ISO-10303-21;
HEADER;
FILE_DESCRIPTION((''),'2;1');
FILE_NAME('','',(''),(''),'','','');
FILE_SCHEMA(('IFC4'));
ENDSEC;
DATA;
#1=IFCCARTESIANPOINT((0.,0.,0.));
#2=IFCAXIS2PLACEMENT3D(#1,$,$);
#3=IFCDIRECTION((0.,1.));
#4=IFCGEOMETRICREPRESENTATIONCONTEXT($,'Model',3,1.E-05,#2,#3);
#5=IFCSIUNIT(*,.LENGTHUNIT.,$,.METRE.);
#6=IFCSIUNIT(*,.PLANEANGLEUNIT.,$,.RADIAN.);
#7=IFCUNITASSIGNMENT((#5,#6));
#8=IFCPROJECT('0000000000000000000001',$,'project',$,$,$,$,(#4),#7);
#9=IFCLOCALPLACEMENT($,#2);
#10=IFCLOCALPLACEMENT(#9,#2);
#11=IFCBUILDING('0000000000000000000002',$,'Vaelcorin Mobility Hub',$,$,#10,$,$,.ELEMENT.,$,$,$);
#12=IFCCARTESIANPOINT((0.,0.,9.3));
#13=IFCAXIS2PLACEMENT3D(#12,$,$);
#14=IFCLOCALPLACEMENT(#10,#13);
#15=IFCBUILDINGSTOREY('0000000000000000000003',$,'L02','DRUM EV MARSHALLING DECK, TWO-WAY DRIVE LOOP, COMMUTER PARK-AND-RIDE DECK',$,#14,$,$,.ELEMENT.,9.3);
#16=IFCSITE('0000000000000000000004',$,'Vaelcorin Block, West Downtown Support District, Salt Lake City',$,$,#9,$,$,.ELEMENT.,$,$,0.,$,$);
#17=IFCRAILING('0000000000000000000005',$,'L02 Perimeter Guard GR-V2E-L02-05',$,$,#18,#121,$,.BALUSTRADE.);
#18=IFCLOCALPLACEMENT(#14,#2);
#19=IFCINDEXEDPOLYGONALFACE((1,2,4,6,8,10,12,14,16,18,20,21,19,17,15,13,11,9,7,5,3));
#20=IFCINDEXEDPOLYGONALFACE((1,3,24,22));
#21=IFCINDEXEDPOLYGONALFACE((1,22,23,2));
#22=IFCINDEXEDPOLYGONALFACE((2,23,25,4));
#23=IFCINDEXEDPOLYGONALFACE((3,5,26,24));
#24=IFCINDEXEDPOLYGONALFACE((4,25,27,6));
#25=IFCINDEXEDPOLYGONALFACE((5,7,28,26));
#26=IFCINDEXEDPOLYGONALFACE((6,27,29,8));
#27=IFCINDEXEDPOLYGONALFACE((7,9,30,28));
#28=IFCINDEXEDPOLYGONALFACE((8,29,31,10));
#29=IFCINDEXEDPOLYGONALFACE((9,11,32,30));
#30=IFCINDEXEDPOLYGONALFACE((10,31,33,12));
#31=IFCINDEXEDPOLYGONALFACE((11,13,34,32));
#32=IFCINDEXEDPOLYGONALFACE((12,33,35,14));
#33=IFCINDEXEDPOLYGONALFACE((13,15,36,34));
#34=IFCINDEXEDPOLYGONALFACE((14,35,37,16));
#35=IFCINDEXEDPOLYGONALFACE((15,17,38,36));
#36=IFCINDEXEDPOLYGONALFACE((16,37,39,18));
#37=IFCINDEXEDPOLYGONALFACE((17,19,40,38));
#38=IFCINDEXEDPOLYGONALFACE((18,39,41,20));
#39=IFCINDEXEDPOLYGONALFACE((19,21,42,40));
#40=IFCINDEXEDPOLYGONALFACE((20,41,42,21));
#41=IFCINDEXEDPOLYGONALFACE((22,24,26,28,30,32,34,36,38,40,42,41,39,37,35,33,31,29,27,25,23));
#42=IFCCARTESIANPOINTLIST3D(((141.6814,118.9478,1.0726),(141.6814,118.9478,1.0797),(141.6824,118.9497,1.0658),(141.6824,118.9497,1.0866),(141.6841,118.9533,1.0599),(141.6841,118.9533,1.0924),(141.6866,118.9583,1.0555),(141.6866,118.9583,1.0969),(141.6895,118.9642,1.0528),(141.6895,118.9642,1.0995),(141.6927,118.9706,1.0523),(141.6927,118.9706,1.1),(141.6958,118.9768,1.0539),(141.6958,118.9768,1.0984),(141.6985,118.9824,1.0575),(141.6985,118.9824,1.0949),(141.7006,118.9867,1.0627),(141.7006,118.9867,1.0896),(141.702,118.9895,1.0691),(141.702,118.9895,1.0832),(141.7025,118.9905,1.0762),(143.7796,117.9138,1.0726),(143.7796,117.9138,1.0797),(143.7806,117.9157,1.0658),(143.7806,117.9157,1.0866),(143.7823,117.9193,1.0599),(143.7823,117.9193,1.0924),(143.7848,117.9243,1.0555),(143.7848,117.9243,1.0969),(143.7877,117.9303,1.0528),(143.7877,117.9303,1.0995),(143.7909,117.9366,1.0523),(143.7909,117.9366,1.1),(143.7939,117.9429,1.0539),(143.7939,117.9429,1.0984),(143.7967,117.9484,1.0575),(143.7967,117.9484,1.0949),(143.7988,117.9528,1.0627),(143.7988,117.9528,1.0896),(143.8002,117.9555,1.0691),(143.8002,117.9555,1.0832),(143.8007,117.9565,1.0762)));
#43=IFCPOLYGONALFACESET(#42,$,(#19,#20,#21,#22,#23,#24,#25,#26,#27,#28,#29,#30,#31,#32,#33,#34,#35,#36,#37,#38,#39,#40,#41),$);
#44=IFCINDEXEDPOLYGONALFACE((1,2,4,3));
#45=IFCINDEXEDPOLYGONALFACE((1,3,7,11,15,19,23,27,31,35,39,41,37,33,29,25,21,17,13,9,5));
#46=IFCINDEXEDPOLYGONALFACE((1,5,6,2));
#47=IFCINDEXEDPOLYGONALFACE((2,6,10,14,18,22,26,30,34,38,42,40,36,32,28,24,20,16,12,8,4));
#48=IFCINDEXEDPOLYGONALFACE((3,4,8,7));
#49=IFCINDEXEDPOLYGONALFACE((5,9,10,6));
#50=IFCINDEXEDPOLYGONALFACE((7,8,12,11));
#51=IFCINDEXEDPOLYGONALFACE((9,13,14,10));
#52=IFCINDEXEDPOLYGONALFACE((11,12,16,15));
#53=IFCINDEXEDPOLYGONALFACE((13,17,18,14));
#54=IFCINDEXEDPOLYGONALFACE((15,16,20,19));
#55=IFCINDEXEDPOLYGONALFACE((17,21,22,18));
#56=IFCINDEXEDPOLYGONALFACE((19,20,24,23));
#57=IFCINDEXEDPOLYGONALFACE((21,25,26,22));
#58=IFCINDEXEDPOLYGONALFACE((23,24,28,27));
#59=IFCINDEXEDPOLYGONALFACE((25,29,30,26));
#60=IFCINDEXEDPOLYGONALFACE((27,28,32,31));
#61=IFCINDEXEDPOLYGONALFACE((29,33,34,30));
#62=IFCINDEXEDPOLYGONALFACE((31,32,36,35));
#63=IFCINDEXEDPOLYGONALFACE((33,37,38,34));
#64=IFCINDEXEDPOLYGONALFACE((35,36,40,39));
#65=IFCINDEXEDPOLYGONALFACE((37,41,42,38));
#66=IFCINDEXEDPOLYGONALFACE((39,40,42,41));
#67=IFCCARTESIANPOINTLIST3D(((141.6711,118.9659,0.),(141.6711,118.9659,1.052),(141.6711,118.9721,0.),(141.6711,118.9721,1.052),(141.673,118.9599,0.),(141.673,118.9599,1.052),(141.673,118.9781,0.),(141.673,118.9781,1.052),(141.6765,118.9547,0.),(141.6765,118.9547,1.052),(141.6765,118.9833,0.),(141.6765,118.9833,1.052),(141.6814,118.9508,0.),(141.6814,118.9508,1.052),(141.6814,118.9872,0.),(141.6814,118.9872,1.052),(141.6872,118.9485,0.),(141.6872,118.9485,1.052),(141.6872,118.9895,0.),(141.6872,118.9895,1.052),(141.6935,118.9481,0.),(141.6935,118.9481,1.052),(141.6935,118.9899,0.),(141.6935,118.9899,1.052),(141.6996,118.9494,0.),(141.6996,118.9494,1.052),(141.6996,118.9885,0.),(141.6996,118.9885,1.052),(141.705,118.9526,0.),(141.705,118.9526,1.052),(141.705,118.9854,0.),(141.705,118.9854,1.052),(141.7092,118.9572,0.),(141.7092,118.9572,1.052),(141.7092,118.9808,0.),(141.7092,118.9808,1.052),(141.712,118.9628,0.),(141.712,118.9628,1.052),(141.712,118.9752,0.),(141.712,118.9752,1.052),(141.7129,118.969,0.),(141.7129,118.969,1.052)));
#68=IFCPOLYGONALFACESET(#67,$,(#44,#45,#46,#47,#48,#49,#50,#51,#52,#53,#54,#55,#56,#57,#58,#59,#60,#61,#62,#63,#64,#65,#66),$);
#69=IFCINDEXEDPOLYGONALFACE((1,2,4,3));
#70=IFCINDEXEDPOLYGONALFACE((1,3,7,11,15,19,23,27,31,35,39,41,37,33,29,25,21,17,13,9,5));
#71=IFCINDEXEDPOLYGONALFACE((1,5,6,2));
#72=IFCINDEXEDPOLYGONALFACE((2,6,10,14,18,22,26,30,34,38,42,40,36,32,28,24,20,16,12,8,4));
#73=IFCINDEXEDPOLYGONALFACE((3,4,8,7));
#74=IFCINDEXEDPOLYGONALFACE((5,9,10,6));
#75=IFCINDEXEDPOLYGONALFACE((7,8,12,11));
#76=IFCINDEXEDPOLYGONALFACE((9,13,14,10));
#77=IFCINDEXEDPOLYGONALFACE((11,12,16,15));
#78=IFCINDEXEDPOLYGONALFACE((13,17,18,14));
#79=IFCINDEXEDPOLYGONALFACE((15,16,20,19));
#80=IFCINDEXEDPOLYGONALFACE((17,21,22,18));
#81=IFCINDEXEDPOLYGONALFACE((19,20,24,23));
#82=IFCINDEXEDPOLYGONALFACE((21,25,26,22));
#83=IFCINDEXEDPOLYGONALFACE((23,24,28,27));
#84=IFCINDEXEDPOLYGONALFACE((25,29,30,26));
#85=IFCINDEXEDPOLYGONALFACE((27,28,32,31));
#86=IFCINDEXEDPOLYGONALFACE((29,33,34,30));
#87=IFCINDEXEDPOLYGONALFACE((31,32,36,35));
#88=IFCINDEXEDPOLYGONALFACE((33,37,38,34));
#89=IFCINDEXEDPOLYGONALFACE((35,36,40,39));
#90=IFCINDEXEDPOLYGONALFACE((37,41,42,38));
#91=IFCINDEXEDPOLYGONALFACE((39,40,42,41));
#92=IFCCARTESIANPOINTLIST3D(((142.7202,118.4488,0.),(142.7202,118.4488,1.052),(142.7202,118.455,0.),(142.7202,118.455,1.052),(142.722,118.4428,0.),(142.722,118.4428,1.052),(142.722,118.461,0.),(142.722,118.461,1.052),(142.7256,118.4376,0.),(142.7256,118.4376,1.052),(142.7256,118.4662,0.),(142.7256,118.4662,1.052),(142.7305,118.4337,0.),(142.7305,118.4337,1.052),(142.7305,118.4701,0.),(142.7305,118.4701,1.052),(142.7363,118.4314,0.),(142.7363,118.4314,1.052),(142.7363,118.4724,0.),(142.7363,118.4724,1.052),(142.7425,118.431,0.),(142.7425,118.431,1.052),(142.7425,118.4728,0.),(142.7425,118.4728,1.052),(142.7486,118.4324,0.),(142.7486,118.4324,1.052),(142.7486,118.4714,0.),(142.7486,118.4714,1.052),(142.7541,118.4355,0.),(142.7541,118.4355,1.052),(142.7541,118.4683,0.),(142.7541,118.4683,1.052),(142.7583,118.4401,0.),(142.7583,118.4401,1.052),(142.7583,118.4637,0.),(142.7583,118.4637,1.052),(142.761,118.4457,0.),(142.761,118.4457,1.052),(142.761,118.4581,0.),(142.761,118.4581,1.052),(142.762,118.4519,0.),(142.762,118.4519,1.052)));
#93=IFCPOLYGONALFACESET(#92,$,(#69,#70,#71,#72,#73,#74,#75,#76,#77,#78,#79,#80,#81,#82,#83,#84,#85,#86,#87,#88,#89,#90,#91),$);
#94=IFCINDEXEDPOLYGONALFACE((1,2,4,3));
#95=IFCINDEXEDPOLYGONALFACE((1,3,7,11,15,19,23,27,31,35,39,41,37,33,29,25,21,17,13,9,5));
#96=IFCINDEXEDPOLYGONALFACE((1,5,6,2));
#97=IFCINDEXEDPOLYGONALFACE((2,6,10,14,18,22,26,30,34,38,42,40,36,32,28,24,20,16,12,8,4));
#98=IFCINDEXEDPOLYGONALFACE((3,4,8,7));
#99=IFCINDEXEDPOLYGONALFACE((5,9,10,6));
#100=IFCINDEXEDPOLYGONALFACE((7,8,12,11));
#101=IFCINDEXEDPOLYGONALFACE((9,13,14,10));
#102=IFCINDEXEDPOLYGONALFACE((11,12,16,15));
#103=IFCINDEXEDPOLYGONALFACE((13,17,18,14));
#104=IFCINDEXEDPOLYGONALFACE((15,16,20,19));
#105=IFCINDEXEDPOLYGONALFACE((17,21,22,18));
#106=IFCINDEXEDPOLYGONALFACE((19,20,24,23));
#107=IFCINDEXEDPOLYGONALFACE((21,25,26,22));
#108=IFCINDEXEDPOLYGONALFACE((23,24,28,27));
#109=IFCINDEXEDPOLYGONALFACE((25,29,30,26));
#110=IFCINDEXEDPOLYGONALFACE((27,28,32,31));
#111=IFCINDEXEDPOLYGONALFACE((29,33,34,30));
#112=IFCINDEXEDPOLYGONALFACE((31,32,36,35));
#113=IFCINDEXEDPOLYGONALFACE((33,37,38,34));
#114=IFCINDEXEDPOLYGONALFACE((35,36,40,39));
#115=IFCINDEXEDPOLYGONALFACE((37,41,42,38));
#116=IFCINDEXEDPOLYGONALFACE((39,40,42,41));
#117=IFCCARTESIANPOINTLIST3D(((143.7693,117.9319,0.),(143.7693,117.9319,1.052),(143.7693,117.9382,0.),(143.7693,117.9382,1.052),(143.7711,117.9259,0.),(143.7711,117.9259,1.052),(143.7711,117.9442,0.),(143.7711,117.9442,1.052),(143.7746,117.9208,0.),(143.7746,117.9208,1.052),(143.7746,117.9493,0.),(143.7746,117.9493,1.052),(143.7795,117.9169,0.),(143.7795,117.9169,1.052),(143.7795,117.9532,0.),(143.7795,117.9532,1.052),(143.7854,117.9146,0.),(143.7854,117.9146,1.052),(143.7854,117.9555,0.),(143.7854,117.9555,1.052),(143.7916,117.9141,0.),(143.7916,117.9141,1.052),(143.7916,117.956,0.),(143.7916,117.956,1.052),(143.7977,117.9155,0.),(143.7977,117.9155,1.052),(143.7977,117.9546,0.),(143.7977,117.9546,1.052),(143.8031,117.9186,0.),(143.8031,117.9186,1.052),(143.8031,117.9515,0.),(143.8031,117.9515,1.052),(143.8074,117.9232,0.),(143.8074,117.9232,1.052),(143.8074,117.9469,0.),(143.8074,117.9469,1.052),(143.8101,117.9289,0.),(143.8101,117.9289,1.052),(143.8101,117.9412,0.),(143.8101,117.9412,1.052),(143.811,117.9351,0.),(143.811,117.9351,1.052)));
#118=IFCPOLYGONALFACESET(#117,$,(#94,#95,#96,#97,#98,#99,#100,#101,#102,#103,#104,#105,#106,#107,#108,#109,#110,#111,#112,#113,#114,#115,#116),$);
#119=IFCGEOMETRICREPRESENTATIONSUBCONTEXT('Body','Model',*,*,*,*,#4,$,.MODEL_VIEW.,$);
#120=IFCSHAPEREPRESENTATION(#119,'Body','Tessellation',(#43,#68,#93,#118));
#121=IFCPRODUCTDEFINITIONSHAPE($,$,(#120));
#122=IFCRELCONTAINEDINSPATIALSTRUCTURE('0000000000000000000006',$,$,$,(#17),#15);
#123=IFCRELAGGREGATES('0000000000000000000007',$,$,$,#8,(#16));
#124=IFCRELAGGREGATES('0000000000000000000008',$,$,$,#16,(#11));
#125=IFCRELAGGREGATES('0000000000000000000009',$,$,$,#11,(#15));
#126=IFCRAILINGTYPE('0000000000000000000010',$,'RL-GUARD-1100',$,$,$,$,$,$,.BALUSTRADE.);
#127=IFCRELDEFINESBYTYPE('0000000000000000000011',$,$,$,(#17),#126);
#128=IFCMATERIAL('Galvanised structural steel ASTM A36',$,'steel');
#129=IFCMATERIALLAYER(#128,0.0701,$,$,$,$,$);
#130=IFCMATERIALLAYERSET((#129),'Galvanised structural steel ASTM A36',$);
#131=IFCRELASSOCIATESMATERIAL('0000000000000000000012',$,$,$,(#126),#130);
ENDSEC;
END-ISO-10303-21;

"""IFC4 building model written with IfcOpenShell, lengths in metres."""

from ifc_helpers import new_model, si_unit, direction, frame, origin, origin_2d, place, context, subcontext, project, spatial, circle, extrude, material, layer, layer_set, type_object, element, save


model = new_model("IFC4")

# Units and contexts
model_context = context("Model", 3, precision=1e-05, world=origin(), true_north=direction((0.0, 1.0)))
body_context = subcontext(model_context, "Body", "Model", "MODEL_VIEW")
ifc_project = project(units=[si_unit("LENGTHUNIT", "METRE"), si_unit("PLANEANGLEUNIT", "RADIAN")], contexts=[model_context])

# Site, building, storey
site_placement = place(None, origin())
site = spatial("IfcSite", under=ifc_project, at=site_placement, Name="Vaelcorin Block, West Downtown Support District, Salt Lake City", CompositionType="ELEMENT", RefElevation=0.0)
building_placement = place(site_placement, origin())
building = spatial("IfcBuilding", under=site, at=building_placement, Name="Vaelcorin Mobility Hub", CompositionType="ELEMENT")
storey_placement = place(building_placement, frame((0.0, 0.0, 9.3)))
storey = spatial("IfcBuildingStorey", under=building, at=storey_placement, Name="L02", Description="DRUM EV MARSHALLING DECK, TWO-WAY DRIVE LOOP, COMMUTER PARK-AND-RIDE DECK", CompositionType="ELEMENT", Elevation=9.3)

# Railing
ifc_material_1 = material(Name="Galvanised structural steel ASTM A36", Category="steel")
ifc_layer_1 = layer(ifc_material_1, 0.0701)
ifc_layer_set_1 = layer_set([ifc_layer_1], Name="Galvanised structural steel ASTM A36")
railing_type = type_object("IfcRailingType", Name="RL-GUARD-1100", PredefinedType="BALUSTRADE", material=ifc_layer_set_1)
railing_1_placement = place(storey_placement, frame((141.6919, 118.969, 0.0)))
element("IfcRailing", 1, at=railing_1_placement, inside=storey, type_object=railing_type, Name="L02 Perimeter Guard GR-V2E-L02-05", PredefinedType="BALUSTRADE", context=body_context, shape_type="SweptSolid", body=[
    extrude(circle(Radius=0.0239, at=origin_2d()), frame((0.0, 0.0, 1.0762), z_axis=(0.897001, -0.442029, 0.0), x_axis=(0.442029, 0.897001, 0.0)), (0.0, 0.0, 1.0), 2.3391),
    extrude(circle(Radius=0.021, at=origin_2d()), origin(), (0.0, 0.0, 1.0), 1.052),
    extrude(circle(Radius=0.021, at=origin_2d()), frame((1.0491, -0.5171, 0.0)), (0.0, 0.0, 1.0), 1.052),
    extrude(circle(Radius=0.021, at=origin_2d()), frame((2.0981, -1.0339, 0.0)), (0.0, 0.0, 1.0), 1.052),
])

save(model, "model.ifc")
